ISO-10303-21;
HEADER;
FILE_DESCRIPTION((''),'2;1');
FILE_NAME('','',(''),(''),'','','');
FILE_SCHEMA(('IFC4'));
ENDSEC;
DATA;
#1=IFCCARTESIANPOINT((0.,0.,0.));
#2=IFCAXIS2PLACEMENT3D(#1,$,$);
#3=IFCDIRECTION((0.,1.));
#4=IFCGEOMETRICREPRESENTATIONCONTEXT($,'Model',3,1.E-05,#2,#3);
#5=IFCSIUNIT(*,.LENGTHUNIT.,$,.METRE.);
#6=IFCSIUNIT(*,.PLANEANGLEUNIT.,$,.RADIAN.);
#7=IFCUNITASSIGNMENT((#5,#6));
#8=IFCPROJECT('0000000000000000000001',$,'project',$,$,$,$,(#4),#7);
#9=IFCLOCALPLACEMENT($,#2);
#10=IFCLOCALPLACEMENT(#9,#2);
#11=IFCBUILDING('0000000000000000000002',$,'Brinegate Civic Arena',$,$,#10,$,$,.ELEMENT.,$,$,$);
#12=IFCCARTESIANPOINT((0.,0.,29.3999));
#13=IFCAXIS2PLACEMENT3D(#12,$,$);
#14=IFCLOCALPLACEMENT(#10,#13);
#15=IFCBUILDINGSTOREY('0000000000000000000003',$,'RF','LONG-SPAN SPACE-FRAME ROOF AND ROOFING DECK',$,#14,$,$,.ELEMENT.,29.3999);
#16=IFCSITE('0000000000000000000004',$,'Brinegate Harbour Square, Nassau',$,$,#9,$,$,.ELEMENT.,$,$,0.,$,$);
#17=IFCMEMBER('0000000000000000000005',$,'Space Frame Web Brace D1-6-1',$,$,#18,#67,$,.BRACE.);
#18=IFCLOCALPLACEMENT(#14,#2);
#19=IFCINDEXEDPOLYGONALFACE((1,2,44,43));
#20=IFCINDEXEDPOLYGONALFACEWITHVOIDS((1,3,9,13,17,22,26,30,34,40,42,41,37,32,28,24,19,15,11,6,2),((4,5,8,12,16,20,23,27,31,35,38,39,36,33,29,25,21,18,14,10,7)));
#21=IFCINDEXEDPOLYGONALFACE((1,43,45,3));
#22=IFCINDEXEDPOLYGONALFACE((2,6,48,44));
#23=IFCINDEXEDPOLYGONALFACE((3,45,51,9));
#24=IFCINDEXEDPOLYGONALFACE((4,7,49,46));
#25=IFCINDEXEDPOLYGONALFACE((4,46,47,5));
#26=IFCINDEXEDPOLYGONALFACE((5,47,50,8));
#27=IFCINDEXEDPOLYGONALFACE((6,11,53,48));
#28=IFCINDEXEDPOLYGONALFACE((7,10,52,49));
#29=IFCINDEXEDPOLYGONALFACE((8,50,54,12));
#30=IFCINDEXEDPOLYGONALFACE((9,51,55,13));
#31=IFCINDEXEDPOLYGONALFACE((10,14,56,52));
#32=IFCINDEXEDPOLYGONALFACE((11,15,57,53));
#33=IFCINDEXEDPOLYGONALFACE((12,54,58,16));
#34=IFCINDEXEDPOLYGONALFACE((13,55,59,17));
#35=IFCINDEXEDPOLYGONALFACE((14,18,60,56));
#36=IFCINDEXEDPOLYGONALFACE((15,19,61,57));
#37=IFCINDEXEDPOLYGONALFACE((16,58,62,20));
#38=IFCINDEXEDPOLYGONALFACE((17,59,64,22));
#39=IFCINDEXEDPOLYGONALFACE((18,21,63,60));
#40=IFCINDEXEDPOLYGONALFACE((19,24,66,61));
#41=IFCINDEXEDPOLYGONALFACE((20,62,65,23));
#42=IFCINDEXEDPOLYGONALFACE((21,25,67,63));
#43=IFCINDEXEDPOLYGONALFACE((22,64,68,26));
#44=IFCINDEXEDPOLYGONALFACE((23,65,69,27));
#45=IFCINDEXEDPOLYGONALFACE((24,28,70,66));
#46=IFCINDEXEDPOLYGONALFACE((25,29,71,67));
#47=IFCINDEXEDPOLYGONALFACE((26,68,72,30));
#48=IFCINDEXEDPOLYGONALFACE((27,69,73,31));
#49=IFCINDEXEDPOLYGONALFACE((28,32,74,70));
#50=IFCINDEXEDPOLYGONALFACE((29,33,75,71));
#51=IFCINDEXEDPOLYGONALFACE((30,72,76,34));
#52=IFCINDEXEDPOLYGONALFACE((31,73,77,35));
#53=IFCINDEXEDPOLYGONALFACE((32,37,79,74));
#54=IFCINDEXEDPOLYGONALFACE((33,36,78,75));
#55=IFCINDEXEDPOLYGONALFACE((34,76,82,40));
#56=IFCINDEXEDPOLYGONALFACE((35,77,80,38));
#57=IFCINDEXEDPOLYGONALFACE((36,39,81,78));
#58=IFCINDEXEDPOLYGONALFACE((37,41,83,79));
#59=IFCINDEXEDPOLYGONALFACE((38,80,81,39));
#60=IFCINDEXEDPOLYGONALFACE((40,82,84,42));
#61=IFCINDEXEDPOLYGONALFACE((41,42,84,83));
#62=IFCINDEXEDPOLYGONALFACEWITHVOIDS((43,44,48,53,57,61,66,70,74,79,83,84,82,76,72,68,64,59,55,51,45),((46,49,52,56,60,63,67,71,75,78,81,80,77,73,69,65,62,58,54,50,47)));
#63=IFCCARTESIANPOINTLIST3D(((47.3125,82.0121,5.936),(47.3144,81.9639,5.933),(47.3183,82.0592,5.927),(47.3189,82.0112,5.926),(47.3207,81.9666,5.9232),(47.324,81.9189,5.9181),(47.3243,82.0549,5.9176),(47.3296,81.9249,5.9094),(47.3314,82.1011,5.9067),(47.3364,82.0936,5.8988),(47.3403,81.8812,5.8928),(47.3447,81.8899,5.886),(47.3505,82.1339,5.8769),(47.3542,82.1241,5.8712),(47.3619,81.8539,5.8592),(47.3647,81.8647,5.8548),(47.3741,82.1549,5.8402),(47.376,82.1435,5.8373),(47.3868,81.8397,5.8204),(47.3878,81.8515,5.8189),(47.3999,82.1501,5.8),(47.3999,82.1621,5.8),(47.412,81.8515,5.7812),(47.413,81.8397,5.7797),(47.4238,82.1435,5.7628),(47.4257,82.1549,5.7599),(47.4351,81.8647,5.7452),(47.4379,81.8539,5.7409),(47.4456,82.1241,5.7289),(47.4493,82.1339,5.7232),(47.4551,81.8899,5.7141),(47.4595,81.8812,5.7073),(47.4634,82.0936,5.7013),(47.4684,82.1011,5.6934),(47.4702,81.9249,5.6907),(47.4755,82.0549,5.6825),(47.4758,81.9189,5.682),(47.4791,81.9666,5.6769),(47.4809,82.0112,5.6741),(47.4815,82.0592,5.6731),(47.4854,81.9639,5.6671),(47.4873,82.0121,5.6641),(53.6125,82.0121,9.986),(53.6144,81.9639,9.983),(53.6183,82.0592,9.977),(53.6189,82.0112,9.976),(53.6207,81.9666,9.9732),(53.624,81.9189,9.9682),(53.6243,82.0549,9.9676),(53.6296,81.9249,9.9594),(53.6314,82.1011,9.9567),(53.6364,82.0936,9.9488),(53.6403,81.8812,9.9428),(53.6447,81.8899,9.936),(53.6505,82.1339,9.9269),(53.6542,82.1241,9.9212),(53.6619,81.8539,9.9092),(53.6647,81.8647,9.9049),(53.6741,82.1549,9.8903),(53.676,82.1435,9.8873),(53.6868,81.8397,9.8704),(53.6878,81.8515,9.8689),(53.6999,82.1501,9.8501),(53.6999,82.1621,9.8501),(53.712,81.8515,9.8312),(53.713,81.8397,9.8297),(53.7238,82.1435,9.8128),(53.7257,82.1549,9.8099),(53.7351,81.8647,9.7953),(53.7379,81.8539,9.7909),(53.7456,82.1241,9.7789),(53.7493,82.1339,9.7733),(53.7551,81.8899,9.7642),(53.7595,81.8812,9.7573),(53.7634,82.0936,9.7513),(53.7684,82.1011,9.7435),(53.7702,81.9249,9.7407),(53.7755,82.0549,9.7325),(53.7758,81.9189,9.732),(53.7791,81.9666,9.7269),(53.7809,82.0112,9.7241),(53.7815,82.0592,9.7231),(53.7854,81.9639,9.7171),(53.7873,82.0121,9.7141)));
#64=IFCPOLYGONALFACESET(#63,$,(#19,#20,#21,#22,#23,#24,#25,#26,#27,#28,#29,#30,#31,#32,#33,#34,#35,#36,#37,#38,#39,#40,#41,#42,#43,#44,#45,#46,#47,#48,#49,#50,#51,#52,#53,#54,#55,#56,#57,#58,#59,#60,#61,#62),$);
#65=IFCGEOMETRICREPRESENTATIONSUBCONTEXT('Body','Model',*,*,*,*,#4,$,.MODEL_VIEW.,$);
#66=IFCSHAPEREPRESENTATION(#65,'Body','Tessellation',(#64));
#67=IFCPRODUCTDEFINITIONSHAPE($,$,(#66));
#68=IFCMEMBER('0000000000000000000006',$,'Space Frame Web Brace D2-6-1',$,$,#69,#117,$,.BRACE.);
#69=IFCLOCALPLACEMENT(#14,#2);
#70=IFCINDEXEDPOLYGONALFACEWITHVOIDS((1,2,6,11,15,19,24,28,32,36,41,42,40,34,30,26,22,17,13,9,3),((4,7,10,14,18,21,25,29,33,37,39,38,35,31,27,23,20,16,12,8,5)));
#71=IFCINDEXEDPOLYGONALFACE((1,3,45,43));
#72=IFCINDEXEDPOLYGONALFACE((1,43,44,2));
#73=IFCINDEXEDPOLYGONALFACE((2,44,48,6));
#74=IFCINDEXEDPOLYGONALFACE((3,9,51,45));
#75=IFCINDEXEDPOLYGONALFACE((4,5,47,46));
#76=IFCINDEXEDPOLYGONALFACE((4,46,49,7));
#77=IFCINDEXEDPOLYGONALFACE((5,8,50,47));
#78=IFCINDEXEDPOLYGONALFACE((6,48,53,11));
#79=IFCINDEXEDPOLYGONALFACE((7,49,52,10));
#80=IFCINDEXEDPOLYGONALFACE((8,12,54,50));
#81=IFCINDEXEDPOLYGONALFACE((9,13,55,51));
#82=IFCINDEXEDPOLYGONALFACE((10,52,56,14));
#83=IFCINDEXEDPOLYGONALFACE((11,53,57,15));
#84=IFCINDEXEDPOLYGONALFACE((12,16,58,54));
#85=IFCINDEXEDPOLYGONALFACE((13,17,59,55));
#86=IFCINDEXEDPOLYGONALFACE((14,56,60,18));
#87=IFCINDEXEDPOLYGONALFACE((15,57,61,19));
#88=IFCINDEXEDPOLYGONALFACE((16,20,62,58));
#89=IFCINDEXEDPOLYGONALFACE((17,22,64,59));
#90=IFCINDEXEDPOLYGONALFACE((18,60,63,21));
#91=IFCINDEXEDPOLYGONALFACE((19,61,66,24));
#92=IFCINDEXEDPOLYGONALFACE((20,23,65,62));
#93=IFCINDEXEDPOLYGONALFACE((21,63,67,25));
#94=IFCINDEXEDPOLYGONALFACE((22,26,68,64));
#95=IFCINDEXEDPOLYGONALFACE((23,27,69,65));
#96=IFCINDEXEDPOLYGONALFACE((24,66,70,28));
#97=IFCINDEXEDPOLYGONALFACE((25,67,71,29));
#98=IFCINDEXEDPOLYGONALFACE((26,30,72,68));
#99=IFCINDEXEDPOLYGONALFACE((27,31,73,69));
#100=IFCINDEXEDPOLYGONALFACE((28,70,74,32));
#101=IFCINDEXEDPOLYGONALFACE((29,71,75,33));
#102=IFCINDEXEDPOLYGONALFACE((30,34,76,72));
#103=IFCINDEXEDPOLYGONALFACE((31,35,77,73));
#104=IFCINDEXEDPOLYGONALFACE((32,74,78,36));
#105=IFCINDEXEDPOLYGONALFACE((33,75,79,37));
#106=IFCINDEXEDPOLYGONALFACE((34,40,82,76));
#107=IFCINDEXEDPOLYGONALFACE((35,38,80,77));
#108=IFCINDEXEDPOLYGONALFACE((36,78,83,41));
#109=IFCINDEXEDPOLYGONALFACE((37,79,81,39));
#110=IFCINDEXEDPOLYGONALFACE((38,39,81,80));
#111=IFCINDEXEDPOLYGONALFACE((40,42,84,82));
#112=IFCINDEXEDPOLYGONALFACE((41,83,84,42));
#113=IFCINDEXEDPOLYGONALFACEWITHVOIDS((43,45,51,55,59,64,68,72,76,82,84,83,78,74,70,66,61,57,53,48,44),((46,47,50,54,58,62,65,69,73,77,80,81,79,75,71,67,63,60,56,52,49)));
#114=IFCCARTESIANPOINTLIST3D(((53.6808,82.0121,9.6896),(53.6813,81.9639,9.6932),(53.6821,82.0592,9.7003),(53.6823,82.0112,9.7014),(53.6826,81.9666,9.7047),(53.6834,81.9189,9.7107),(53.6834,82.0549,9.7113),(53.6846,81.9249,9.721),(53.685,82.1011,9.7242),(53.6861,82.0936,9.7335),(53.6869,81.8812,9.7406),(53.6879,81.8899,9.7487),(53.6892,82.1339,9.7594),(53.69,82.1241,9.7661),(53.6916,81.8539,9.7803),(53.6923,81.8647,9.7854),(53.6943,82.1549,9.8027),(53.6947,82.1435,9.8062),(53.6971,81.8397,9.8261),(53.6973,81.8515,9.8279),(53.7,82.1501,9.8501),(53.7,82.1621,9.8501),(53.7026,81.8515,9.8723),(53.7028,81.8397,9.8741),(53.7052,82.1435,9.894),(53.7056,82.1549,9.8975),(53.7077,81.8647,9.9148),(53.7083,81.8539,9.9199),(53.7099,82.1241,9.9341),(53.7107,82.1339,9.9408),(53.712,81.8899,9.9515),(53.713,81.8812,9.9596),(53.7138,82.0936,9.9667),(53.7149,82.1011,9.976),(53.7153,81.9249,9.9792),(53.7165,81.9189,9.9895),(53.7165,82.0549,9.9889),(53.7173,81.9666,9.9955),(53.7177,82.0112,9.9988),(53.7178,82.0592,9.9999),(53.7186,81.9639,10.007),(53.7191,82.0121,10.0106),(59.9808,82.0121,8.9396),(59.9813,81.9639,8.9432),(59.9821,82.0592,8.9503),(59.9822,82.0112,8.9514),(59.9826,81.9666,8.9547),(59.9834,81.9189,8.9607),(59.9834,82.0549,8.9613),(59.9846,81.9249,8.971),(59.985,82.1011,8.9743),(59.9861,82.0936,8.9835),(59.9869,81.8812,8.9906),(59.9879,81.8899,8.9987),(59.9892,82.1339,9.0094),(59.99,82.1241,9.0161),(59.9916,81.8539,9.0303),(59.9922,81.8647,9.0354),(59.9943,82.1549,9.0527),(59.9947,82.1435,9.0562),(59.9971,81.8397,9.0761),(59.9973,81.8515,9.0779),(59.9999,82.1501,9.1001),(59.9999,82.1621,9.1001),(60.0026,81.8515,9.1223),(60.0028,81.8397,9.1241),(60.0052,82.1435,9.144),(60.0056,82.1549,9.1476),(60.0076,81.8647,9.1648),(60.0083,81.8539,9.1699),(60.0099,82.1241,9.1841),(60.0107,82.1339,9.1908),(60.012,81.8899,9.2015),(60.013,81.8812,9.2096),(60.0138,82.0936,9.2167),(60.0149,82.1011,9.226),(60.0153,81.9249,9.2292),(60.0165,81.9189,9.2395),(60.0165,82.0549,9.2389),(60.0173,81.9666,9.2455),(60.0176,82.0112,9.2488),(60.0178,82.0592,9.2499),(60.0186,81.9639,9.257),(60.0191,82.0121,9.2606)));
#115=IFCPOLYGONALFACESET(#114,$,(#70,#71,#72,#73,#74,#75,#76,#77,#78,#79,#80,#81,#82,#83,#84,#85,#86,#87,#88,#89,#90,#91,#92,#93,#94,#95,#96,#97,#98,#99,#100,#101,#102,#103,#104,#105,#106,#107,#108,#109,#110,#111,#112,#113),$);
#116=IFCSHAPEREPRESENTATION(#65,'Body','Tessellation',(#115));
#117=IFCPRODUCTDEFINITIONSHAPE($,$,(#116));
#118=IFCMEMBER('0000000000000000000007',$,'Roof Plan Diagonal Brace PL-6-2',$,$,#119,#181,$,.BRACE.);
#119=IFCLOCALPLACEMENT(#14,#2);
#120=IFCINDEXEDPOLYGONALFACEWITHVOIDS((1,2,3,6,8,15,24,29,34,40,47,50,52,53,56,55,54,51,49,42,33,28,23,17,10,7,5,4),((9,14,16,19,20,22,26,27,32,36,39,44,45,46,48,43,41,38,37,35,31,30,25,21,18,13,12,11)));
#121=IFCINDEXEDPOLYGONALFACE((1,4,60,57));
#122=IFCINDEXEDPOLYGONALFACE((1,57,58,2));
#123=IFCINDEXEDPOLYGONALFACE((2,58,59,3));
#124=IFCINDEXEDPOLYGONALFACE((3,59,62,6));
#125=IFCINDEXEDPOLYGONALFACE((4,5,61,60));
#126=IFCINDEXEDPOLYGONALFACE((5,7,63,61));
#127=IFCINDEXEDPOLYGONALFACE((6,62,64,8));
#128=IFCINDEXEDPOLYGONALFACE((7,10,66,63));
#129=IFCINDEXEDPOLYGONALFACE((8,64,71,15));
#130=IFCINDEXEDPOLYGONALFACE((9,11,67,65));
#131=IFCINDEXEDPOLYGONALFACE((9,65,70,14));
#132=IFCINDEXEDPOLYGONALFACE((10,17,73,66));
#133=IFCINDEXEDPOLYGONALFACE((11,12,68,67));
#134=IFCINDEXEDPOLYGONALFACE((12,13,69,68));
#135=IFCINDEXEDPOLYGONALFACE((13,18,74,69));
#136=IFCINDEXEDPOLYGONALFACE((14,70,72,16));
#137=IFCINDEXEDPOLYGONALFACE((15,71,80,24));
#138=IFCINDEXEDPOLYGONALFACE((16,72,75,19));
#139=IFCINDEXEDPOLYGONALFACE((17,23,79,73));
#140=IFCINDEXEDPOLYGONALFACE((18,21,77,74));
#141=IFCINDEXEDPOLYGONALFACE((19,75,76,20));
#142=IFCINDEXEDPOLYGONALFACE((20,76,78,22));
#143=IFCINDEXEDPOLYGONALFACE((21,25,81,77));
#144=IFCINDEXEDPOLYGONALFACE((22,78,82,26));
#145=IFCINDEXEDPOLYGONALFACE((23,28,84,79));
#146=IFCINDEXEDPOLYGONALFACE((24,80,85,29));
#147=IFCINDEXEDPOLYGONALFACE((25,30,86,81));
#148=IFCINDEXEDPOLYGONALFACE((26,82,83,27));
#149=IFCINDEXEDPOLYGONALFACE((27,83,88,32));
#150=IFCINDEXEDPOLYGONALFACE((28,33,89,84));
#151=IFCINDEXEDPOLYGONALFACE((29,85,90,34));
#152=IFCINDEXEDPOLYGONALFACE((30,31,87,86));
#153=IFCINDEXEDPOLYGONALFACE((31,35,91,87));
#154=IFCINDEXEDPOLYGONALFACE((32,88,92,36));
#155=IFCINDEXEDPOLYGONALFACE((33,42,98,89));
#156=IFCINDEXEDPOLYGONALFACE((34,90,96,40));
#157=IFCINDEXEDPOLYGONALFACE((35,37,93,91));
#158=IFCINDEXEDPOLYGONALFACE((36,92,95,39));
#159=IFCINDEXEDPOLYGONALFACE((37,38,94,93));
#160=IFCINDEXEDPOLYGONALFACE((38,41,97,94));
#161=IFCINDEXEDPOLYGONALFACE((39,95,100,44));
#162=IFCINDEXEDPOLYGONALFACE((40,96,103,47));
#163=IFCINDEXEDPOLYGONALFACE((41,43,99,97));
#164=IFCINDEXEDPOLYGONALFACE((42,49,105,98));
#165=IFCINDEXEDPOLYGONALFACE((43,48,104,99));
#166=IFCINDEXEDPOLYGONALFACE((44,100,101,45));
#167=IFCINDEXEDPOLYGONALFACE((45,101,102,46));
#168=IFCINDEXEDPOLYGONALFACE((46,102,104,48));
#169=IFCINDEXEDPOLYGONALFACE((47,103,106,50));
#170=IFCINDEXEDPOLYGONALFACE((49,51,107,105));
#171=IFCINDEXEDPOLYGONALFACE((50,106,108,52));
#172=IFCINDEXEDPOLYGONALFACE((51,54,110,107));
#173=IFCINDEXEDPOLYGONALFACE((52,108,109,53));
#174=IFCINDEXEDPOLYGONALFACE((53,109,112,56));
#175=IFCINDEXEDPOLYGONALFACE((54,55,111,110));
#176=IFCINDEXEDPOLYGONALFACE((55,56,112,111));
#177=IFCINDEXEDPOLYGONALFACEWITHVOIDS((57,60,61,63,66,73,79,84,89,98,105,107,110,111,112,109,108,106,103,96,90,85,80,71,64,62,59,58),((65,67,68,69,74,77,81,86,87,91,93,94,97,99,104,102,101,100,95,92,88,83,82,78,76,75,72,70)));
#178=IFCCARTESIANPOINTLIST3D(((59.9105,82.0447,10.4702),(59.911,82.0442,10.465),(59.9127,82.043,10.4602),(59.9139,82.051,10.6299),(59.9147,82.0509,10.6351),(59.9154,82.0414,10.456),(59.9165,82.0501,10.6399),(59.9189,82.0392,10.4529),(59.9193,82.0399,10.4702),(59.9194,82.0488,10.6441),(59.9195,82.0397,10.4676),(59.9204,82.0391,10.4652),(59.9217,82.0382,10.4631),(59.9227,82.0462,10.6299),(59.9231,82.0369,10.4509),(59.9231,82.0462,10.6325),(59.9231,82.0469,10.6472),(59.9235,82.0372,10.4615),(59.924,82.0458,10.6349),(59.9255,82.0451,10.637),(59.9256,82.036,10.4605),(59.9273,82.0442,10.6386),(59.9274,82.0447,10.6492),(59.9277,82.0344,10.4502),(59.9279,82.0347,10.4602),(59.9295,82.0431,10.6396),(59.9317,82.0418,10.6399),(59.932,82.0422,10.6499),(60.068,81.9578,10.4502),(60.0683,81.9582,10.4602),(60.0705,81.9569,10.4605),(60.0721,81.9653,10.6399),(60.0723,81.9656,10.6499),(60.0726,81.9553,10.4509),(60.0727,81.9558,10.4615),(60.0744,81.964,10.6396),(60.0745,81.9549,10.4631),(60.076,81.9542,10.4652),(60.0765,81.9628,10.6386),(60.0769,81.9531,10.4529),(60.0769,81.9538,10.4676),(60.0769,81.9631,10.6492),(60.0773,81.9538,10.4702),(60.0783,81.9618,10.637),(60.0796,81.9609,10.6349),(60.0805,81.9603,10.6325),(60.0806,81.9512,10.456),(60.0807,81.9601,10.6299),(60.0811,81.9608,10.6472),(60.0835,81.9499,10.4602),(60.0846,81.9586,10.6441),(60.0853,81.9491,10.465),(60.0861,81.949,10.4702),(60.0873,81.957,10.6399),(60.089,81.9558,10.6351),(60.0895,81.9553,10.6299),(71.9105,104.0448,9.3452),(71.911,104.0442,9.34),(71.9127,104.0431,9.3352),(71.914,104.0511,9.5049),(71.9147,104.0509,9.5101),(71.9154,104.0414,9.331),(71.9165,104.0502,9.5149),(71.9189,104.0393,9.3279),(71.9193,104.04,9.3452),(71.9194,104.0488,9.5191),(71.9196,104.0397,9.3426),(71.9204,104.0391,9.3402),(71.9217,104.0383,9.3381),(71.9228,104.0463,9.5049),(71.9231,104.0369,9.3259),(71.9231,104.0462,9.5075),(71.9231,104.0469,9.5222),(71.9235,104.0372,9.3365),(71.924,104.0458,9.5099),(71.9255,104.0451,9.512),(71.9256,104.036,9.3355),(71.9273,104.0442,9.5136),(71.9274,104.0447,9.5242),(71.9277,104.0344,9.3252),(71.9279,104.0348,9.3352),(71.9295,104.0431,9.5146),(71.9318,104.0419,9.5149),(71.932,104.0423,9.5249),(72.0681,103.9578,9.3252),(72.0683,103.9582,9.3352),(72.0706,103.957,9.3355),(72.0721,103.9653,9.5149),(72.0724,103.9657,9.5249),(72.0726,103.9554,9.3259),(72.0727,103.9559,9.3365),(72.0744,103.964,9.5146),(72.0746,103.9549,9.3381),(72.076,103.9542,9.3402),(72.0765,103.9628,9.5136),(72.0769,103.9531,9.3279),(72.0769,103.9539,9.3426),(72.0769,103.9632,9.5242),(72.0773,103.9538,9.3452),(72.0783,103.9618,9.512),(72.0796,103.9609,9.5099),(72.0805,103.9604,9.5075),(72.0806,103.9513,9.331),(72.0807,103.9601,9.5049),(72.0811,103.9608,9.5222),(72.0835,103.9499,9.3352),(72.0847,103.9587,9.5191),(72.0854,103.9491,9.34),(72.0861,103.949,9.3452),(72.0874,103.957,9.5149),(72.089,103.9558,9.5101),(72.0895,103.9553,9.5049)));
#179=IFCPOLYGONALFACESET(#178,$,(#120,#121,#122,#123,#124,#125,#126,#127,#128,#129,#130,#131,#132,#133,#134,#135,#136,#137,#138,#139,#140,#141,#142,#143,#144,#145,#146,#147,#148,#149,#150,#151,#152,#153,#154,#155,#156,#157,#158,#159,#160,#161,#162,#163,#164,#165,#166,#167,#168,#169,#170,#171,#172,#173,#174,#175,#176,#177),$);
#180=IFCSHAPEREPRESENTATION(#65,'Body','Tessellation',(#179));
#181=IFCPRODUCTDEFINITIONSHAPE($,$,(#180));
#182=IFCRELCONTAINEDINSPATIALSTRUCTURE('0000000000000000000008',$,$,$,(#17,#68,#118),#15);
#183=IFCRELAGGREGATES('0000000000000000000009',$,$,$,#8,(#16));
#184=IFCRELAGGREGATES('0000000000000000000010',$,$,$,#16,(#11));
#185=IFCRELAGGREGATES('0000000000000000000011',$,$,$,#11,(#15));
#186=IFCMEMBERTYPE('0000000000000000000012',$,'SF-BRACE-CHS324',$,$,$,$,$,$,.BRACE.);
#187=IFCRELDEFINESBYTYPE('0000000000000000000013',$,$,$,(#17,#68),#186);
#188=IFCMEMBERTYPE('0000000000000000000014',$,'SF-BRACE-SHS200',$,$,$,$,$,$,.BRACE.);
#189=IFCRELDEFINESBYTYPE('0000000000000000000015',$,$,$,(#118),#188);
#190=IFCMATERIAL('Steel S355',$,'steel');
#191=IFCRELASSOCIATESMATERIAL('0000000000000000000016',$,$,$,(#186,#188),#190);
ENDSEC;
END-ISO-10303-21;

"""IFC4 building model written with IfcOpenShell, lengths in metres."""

from ifc_helpers import new_model, si_unit, direction, frame, origin, origin_2d, place, context, subcontext, project, spatial, hollow_rectangle, hollow_circle, extrude, material, material_profile, profile_set, type_object, element, save


model = new_model("IFC4")

# Units and contexts
model_context = context("Model", 3, precision=1e-05, world=origin(), true_north=direction((0.0, 1.0)))
body_context = subcontext(model_context, "Body", "Model", "MODEL_VIEW")
ifc_project = project(units=[si_unit("LENGTHUNIT", "METRE"), si_unit("PLANEANGLEUNIT", "RADIAN")], contexts=[model_context])

# Site, building, storey
site_placement = place(None, origin())
site = spatial("IfcSite", under=ifc_project, at=site_placement, Name="Brinegate Harbour Square, Nassau", CompositionType="ELEMENT", RefElevation=0.0)
building_placement = place(site_placement, origin())
building = spatial("IfcBuilding", under=site, at=building_placement, Name="Brinegate Civic Arena", CompositionType="ELEMENT")
storey_placement = place(building_placement, frame((0.0, 0.0, 29.3999)))
storey = spatial("IfcBuildingStorey", under=building, at=storey_placement, Name="RF", Description="LONG-SPAN SPACE-FRAME ROOF AND ROOFING DECK", CompositionType="ELEMENT", Elevation=29.3999)

# Shared definitions
ifc_material_1 = material(Name="Steel S355", Category="steel")

# Members
ifc_material_profile_1 = material_profile(ifc_material_1, hollow_circle(Radius=0.1621, WallThickness=0.012, at=origin_2d()), Name="CHS324X12")
ifc_profile_set_1 = profile_set([ifc_material_profile_1], Name="Steel S355")
member_type_1 = type_object("IfcMemberType", Name="SF-BRACE-CHS324", PredefinedType="BRACE", material=ifc_profile_set_1)
member_1_placement = place(storey_placement, frame((47.3999, 82.0, 5.8), z_axis=(0.841177, 0.0, 0.540759), x_axis=(0.0, 1.0, 0.0)))
element("IfcMember", 1, at=member_1_placement, inside=storey, type_object=member_type_1, Name="Space Frame Web Brace D1-6-1", PredefinedType="BRACE", context=body_context, shape_type="SweptSolid", body=[
    extrude(hollow_circle(Radius=0.1621, WallThickness=0.012, at=origin_2d()), origin(), (0.0, 0.0, 1.0), 7.4895),
])
member_2_placement = place(storey_placement, frame((53.7, 82.0, 9.8501), z_axis=(0.992988, 0.0, -0.118212), x_axis=(0.0, 1.0, 0.0)))
element("IfcMember", 2, at=member_2_placement, inside=storey, type_object=member_type_1, Name="Space Frame Web Brace D2-6-1", PredefinedType="BRACE", context=body_context, shape_type="SweptSolid", body=[
    extrude(hollow_circle(Radius=0.1621, WallThickness=0.012, at=origin_2d()), origin(), (0.0, 0.0, 1.0), 6.3445),
])
ifc_material_profile_2 = material_profile(ifc_material_1, hollow_rectangle(XDim=0.2, YDim=0.2, WallThickness=0.01, InnerFilletRadius=0.01, OuterFilletRadius=0.02, at=origin_2d()), Name="SHS200X10")
ifc_profile_set_2 = profile_set([ifc_material_profile_2], Name="Steel S355")
member_type_2 = type_object("IfcMemberType", Name="SF-BRACE-SHS200", PredefinedType="BRACE", material=ifc_profile_set_2)
member_3_placement = place(storey_placement, frame((60.0, 82.0, 10.55), z_axis=(0.47837, 0.877012, -0.044847), x_axis=(-0.877896, 0.478852, 0.0)))
element("IfcMember", 3, at=member_3_placement, inside=storey, type_object=member_type_2, Name="Roof Plan Diagonal Brace PL-6-2", PredefinedType="BRACE", context=body_context, shape_type="SweptSolid", body=[
    extrude(hollow_rectangle(XDim=0.2, YDim=0.2, WallThickness=0.01, InnerFilletRadius=0.01, OuterFilletRadius=0.02, at=origin_2d()), origin(), (0.0, 0.0, 1.0), 25.0852),
])

save(model, "model.ifc")
